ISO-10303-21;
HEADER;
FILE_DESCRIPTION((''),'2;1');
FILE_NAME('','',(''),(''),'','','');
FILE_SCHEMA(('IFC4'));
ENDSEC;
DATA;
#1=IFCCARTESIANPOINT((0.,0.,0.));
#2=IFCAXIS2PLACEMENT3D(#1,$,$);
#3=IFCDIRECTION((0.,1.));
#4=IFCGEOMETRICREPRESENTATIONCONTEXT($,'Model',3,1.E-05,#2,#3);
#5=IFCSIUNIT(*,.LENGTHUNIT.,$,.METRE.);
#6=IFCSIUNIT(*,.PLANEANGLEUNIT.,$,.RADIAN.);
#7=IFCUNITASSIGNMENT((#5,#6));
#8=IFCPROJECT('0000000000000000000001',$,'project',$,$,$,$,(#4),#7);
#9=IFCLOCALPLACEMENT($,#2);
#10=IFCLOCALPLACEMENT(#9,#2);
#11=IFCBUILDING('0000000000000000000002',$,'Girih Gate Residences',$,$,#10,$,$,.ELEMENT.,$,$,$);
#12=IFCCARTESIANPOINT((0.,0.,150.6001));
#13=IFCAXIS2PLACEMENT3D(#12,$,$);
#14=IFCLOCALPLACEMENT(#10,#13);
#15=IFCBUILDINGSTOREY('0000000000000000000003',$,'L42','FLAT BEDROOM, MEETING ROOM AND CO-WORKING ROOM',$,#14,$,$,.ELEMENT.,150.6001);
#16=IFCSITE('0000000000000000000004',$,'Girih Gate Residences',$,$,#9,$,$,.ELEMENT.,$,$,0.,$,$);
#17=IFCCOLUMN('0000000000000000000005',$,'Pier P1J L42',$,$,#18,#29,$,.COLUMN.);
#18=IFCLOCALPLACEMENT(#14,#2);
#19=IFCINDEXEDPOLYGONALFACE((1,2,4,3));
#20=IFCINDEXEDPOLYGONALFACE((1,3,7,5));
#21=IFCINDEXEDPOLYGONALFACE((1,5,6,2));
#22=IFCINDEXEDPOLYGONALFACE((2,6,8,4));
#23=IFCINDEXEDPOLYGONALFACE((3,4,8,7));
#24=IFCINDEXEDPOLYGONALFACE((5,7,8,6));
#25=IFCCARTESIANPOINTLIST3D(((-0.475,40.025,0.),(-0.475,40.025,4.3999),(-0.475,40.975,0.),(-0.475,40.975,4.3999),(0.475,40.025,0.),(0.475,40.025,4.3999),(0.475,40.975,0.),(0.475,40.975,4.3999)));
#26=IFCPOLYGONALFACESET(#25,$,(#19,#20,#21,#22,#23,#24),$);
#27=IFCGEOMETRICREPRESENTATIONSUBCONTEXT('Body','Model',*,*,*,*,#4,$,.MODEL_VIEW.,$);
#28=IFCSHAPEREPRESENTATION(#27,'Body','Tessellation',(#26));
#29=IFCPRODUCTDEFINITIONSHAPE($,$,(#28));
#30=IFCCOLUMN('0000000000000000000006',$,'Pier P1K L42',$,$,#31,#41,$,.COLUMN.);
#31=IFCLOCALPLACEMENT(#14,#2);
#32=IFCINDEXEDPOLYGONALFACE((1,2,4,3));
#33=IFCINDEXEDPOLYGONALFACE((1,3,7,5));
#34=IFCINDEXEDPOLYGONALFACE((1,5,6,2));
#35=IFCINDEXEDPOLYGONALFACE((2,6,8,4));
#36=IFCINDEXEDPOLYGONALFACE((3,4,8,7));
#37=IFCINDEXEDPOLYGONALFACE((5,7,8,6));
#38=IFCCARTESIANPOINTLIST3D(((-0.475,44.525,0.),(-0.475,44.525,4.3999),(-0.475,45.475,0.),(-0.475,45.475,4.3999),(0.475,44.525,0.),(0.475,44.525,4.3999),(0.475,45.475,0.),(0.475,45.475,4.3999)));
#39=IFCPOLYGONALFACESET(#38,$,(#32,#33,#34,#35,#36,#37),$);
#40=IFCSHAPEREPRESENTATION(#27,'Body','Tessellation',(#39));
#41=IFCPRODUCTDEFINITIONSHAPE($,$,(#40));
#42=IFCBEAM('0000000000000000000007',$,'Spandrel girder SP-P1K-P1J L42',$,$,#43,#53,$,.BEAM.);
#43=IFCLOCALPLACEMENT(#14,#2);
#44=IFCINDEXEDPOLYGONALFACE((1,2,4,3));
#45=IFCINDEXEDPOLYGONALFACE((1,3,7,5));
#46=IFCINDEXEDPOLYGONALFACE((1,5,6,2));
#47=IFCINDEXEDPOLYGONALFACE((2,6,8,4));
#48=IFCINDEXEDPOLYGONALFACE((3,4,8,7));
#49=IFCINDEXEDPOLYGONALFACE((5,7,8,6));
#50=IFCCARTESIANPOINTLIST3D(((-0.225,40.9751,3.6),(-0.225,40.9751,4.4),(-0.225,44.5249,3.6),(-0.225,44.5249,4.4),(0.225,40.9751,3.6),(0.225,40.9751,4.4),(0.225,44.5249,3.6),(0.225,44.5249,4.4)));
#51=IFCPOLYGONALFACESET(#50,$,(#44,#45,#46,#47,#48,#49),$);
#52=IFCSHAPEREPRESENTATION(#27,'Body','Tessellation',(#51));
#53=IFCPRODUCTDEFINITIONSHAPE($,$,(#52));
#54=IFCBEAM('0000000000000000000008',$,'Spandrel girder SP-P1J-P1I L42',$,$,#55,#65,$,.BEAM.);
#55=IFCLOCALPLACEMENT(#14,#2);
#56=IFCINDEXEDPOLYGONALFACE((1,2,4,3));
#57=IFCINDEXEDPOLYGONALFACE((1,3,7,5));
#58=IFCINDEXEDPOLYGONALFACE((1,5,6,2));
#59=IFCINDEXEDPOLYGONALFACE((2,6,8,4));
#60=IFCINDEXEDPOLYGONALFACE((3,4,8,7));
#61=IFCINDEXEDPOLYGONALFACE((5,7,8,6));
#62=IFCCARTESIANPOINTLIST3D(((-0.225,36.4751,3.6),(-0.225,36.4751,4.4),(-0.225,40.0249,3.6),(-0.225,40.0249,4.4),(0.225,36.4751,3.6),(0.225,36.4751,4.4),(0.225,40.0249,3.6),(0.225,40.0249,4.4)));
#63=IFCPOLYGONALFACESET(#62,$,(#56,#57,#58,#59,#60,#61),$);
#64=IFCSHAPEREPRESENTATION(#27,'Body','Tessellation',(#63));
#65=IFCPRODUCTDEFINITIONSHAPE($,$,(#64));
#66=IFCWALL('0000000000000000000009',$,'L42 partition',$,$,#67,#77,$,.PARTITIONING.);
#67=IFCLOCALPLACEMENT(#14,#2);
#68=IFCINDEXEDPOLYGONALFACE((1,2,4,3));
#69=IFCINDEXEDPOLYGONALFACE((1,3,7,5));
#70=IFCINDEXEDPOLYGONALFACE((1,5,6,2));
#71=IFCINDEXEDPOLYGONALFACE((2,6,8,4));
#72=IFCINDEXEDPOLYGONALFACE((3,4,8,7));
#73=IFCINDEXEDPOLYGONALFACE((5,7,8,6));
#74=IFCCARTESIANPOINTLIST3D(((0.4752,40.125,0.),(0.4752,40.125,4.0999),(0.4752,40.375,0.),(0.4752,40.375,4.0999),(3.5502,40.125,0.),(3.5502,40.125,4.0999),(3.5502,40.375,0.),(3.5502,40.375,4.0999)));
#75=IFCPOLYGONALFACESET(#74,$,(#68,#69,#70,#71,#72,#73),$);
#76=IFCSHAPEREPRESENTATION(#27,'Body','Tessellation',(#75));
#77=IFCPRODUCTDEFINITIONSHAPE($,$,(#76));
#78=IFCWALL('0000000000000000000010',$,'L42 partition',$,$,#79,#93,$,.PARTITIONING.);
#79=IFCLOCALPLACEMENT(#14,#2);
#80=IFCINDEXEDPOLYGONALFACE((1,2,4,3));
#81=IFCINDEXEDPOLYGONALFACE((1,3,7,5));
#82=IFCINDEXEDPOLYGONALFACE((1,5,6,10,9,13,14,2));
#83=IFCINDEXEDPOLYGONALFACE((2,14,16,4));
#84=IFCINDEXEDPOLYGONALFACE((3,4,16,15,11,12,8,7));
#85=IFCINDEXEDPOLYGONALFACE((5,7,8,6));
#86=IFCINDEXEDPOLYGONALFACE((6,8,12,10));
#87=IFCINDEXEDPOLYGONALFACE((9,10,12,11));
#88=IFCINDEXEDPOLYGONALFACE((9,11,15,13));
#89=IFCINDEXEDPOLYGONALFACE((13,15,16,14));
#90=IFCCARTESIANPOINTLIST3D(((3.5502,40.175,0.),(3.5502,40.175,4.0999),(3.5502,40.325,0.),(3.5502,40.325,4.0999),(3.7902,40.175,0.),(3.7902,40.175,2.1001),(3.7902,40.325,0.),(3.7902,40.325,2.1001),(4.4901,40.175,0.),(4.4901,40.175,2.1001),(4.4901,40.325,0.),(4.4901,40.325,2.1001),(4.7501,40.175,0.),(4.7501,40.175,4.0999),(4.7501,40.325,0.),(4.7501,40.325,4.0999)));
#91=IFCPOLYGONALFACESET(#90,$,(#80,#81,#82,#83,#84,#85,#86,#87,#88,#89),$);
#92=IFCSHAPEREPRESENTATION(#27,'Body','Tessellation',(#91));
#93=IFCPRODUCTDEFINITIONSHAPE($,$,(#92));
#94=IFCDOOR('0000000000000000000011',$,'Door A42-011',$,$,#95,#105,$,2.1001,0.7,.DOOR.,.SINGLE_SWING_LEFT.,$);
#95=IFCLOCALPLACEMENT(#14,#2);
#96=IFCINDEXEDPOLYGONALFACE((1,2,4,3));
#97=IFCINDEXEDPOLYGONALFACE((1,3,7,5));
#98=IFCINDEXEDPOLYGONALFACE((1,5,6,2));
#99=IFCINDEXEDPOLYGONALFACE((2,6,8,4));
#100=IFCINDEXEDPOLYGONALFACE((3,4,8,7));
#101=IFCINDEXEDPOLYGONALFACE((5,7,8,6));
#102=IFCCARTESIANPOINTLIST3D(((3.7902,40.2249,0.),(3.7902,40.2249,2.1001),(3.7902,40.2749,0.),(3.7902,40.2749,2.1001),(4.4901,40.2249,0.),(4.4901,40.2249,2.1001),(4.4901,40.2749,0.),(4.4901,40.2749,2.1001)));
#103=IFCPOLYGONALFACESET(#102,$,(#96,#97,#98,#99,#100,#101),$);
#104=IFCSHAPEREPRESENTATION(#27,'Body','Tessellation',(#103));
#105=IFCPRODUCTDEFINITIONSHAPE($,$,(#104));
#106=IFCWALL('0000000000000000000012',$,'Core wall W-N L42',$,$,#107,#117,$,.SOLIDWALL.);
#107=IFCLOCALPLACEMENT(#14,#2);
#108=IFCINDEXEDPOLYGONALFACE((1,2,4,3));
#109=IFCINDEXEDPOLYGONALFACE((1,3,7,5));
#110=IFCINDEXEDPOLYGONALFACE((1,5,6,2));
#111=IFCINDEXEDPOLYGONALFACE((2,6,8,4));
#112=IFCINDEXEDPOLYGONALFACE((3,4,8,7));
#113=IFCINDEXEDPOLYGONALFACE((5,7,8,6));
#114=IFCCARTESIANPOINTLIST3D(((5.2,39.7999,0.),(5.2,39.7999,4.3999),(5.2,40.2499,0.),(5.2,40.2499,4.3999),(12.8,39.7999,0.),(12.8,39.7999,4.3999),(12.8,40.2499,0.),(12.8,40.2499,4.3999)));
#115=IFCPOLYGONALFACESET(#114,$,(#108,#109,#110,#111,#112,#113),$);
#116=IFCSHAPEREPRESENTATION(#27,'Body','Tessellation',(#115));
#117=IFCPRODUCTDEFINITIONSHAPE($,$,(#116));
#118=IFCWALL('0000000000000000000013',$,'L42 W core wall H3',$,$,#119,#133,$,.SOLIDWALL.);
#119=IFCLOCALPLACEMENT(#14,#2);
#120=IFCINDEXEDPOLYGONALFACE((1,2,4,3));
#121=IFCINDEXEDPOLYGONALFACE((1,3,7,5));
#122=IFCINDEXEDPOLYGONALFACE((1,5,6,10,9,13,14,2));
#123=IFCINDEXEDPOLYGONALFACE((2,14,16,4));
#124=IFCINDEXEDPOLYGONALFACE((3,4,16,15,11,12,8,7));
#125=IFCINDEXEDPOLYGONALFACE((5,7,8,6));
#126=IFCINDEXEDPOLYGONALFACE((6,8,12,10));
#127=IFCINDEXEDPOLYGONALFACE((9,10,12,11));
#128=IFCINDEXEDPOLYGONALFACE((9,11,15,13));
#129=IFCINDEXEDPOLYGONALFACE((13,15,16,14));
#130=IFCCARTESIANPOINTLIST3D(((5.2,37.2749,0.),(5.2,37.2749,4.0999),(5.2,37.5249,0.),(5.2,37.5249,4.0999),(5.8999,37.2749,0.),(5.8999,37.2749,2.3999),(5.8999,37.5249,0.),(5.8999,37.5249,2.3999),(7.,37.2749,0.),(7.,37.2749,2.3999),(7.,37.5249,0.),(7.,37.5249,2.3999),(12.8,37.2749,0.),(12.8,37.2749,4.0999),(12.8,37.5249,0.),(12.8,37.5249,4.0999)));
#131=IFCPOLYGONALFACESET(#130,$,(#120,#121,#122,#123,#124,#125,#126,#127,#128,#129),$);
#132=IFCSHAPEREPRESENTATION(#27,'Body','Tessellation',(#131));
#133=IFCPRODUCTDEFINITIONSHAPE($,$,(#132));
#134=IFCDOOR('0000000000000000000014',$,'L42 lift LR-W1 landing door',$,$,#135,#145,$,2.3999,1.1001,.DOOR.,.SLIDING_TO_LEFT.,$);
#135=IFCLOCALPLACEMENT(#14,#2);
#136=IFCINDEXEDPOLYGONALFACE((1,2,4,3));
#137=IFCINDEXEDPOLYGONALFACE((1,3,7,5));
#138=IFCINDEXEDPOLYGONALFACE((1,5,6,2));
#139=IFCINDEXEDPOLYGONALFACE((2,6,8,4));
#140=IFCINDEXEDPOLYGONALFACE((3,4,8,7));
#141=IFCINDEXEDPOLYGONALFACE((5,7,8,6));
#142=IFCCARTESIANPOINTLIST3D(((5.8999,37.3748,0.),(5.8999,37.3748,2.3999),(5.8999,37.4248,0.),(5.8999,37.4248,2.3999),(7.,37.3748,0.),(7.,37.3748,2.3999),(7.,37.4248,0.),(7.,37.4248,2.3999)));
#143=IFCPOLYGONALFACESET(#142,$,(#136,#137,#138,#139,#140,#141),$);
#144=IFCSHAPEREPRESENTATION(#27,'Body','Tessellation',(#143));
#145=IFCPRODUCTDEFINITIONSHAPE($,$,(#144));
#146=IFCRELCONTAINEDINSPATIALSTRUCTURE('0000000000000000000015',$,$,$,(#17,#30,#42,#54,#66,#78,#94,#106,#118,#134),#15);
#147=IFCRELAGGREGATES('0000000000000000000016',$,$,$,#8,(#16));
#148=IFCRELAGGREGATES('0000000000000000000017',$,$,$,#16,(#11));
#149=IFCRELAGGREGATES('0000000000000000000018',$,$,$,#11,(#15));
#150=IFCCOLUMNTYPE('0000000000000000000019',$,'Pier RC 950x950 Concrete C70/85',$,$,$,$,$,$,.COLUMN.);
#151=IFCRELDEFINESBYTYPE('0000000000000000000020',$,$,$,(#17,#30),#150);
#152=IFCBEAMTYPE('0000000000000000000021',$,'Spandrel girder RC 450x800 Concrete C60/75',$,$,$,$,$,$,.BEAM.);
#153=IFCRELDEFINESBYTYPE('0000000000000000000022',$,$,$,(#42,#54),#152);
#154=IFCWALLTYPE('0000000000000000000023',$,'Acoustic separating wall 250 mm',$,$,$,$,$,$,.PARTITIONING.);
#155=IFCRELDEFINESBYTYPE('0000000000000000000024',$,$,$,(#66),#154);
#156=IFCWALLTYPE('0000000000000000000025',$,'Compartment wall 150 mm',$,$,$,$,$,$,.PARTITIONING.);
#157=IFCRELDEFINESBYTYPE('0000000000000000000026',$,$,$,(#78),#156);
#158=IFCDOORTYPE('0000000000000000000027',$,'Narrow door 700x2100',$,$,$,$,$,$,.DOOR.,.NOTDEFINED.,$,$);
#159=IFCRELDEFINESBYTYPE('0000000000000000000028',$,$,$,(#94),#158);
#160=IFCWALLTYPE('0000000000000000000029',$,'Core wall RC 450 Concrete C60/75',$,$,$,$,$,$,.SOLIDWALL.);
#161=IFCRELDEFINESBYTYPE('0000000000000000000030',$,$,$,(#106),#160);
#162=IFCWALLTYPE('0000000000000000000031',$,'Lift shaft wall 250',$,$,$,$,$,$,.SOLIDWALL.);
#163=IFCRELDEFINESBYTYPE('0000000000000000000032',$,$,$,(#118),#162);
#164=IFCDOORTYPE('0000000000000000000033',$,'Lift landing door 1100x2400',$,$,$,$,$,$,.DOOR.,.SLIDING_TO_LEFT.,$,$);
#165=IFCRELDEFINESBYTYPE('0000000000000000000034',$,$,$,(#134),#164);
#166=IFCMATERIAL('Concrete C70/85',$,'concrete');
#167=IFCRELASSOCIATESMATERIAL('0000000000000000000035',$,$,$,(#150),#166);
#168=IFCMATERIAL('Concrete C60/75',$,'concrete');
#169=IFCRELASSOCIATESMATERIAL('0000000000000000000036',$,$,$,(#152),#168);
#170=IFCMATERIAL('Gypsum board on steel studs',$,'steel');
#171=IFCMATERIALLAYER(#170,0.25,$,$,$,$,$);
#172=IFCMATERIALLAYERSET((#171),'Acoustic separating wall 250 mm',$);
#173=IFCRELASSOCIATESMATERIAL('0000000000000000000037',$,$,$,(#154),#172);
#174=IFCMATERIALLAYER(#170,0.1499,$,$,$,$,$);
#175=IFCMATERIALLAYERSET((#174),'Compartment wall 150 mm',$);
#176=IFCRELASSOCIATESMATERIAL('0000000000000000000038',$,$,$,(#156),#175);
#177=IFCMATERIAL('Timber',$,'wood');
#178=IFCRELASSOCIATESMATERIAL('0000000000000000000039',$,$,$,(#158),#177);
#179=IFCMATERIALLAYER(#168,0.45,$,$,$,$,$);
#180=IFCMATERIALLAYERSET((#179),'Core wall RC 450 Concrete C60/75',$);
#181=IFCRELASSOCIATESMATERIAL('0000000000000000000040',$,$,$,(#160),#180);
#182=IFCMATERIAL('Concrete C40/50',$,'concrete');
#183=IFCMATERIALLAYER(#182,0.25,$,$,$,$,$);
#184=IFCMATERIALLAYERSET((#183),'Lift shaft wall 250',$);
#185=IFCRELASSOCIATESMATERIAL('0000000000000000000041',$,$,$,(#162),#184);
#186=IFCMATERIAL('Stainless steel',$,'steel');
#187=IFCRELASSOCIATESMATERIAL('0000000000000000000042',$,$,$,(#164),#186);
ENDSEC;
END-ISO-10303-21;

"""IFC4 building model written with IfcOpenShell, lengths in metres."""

from ifc_helpers import new_model, si_unit, direction, frame, frame_2d, origin, origin_2d, place, context, subcontext, project, spatial, rectangle, extrude, material, layer, layer_set, material_profile, profile_set, type_object, element, fill, save


model = new_model("IFC4")

# Units and contexts
model_context = context("Model", 3, precision=1e-05, world=origin(), true_north=direction((0.0, 1.0)))
body_context = subcontext(model_context, "Body", "Model", "MODEL_VIEW")
ifc_project = project(units=[si_unit("LENGTHUNIT", "METRE"), si_unit("PLANEANGLEUNIT", "RADIAN")], contexts=[model_context])

# Site, building, storey
site_placement = place(None, origin())
site = spatial("IfcSite", under=ifc_project, at=site_placement, Name="Girih Gate Residences", CompositionType="ELEMENT", RefElevation=0.0)
building_placement = place(site_placement, origin())
building = spatial("IfcBuilding", under=site, at=building_placement, Name="Girih Gate Residences", CompositionType="ELEMENT")
storey_placement = place(building_placement, frame((0.0, 0.0, 150.6001)))
storey = spatial("IfcBuildingStorey", under=building, at=storey_placement, Name="L42", Description="FLAT BEDROOM, MEETING ROOM AND CO-WORKING ROOM", CompositionType="ELEMENT", Elevation=150.6001)

# Columns
ifc_material_1 = material(Name="Concrete C70/85", Category="concrete")
ifc_material_profile_1 = material_profile(ifc_material_1, rectangle(XDim=0.95, YDim=0.95, at=origin_2d()))
ifc_profile_set_1 = profile_set([ifc_material_profile_1], Name="Concrete C70/85")
column_type = type_object("IfcColumnType", Name="Pier RC 950x950 Concrete C70/85", PredefinedType="COLUMN", material=ifc_profile_set_1)
for number, where, z_axis, x_axis, name in (
    (1, (0.0, 40.5, 0.0), (0.0, 0.0, 1.0), (1.0, 0.0, 0.0), "Pier P1J L42"),
    (2, (0.0, 45.0, 0.0), (0.0, 0.0, 1.0), (1.0, 0.0, 0.0), "Pier P1K L42"),
):
    element("IfcColumn", number, at=place(storey_placement, frame(where, z_axis=z_axis, x_axis=x_axis)), inside=storey, type_object=column_type, Name=name, PredefinedType="COLUMN", context=body_context, shape_type="SweptSolid", body=[
        extrude(rectangle(XDim=0.95, YDim=0.95, at=origin_2d()), origin(), (0.0, 0.0, 1.0), 4.3999),
    ])

# Beams
ifc_material_2 = material(Name="Concrete C60/75", Category="concrete")
ifc_material_profile_2 = material_profile(ifc_material_2, rectangle(XDim=0.45, YDim=0.8, at=origin_2d()))
ifc_profile_set_2 = profile_set([ifc_material_profile_2], Name="Concrete C60/75")
beam_type = type_object("IfcBeamType", Name="Spandrel girder RC 450x800 Concrete C60/75", PredefinedType="BEAM", material=ifc_profile_set_2)
for number, where, z_axis, x_axis, name in (
    (3, (0.0, 44.5249, 4.0), (0.0, -1.0, 0.0), (1.0, 0.0, 0.0), "Spandrel girder SP-P1K-P1J L42"),
    (4, (0.0, 40.0249, 4.0), (0.0, -1.0, 0.0), (1.0, 0.0, 0.0), "Spandrel girder SP-P1J-P1I L42"),
):
    element("IfcBeam", number, at=place(storey_placement, frame(where, z_axis=z_axis, x_axis=x_axis)), inside=storey, type_object=beam_type, Name=name, PredefinedType="BEAM", context=body_context, shape_type="SweptSolid", body=[
        extrude(rectangle(XDim=0.45, YDim=0.8, at=origin_2d()), origin(), (0.0, 0.0, 1.0), 3.5498),
    ])

# Wall
ifc_material_3 = material(Name="Gypsum board on steel studs", Category="steel")
ifc_layer_1 = layer(ifc_material_3, 0.25)
ifc_layer_set_1 = layer_set([ifc_layer_1], Name="Acoustic separating wall 250 mm")
wall_type_1 = type_object("IfcWallType", Name="Acoustic separating wall 250 mm", PredefinedType="PARTITIONING", material=ifc_layer_set_1)
wall_1_placement = place(storey_placement, frame((0.4751, 40.25, 0.0), z_axis=(0.0, 0.0, 1.0), x_axis=(1.0, 0.0, 0.0)))
element("IfcWall", 5, at=wall_1_placement, inside=storey, type_object=wall_type_1, Name="L42 partition", PredefinedType="PARTITIONING", context=body_context, shape_type="SweptSolid", body=[
    extrude(rectangle(XDim=3.075, YDim=0.25, at=frame_2d((1.5376, 0.0))), origin(), (0.0, 0.0, 1.0), 4.0999),
])

# Wall, opening, door
ifc_layer_2 = layer(ifc_material_3, 0.1499)
ifc_layer_set_2 = layer_set([ifc_layer_2], Name="Compartment wall 150 mm")
wall_type_2 = type_object("IfcWallType", Name="Compartment wall 150 mm", PredefinedType="PARTITIONING", material=ifc_layer_set_2)
wall_2_placement = place(storey_placement, frame((3.55, 40.25, 0.0), z_axis=(0.0, 0.0, 1.0), x_axis=(1.0, 0.0, 0.0)))
wall_2 = element("IfcWall", 6, at=wall_2_placement, inside=storey, type_object=wall_type_2, Name="L42 partition", PredefinedType="PARTITIONING", context=body_context, shape_type="SweptSolid", body=[
    extrude(rectangle(XDim=1.2, YDim=0.1499, at=frame_2d((0.6001, 0.0))), origin(), (0.0, 0.0, 1.0), 4.0999),
])
opening_1_placement = place(wall_2_placement, frame((0.24, 0.0, 0.0)))
opening_1 = element("IfcOpeningElement", 7, at=opening_1_placement, cuts=wall_2, PredefinedType="OPENING", context=body_context, shape_type="SweptSolid", body=[
    extrude(rectangle(XDim=0.7, YDim=2.1001, at=frame_2d((0.3501, 1.05))), frame((0.0, 0.085, 0.0), z_axis=(0.0, -1.0, 0.0), x_axis=(1.0, 0.0, 0.0)), (0.0, 0.0, 1.0), 0.1699),
])
ifc_material_4 = material(Name="Timber", Category="wood")
door_type_1 = type_object("IfcDoorType", Name="Narrow door 700x2100", OperationType="NOTDEFINED", PredefinedType="DOOR", material=ifc_material_4)
door_1_placement = place(opening_1_placement, origin())
door_1 = element("IfcDoor", 8, at=door_1_placement, inside=storey, type_object=door_type_1, Name="Door A42-011", OperationType="SINGLE_SWING_LEFT", OverallHeight=2.1001, OverallWidth=0.7, PredefinedType="DOOR", context=body_context, shape_type="SweptSolid", body=[
    extrude(rectangle(XDim=0.7, YDim=2.1001, at=frame_2d((0.3501, 1.05))), frame((0.0, 0.0249, 0.0), z_axis=(0.0, -1.0, 0.0), x_axis=(1.0, 0.0, 0.0)), (0.0, 0.0, 1.0), 0.05),
])
fill(opening_1, door_1)

# Wall
ifc_layer_3 = layer(ifc_material_2, 0.45)
ifc_layer_set_3 = layer_set([ifc_layer_3], Name="Core wall RC 450 Concrete C60/75")
wall_type_3 = type_object("IfcWallType", Name="Core wall RC 450 Concrete C60/75", PredefinedType="SOLIDWALL", material=ifc_layer_set_3)
wall_3_placement = place(storey_placement, frame((5.2, 40.0249, 0.0), z_axis=(0.0, 0.0, 1.0), x_axis=(1.0, 0.0, 0.0)))
element("IfcWall", 9, at=wall_3_placement, inside=storey, type_object=wall_type_3, Name="Core wall W-N L42", PredefinedType="SOLIDWALL", context=body_context, shape_type="SweptSolid", body=[
    extrude(rectangle(XDim=7.6001, YDim=0.45, at=frame_2d((3.8, 0.0))), origin(), (0.0, 0.0, 1.0), 4.3999),
])

# Wall, opening, door
ifc_material_5 = material(Name="Concrete C40/50", Category="concrete")
ifc_layer_4 = layer(ifc_material_5, 0.25)
ifc_layer_set_4 = layer_set([ifc_layer_4], Name="Lift shaft wall 250")
wall_type_4 = type_object("IfcWallType", Name="Lift shaft wall 250", PredefinedType="SOLIDWALL", material=ifc_layer_set_4)
wall_4_placement = place(storey_placement, frame((5.2, 37.3999, 0.0), z_axis=(0.0, 0.0, 1.0), x_axis=(1.0, 0.0, 0.0)))
wall_4 = element("IfcWall", 10, at=wall_4_placement, inside=storey, type_object=wall_type_4, Name="L42 W core wall H3", PredefinedType="SOLIDWALL", context=body_context, shape_type="SweptSolid", body=[
    extrude(rectangle(XDim=7.6001, YDim=0.25, at=frame_2d((3.8, 0.0))), origin(), (0.0, 0.0, 1.0), 4.0999),
])
opening_2_placement = place(wall_4_placement, frame((0.7, 0.0, 0.0)))
opening_2 = element("IfcOpeningElement", 11, at=opening_2_placement, cuts=wall_4, PredefinedType="OPENING", context=body_context, shape_type="SweptSolid", body=[
    extrude(rectangle(XDim=1.1001, YDim=2.3999, at=frame_2d((0.55, 1.2))), frame((0.0, 0.135, 0.0), z_axis=(0.0, -1.0, 0.0), x_axis=(1.0, 0.0, 0.0)), (0.0, 0.0, 1.0), 0.27),
])
ifc_material_6 = material(Name="Stainless steel", Category="steel")
door_type_2 = type_object("IfcDoorType", Name="Lift landing door 1100x2400", OperationType="SLIDING_TO_LEFT", PredefinedType="DOOR", material=ifc_material_6)
door_2_placement = place(opening_2_placement, origin())
door_2 = element("IfcDoor", 12, at=door_2_placement, inside=storey, type_object=door_type_2, Name="L42 lift LR-W1 landing door", OperationType="SLIDING_TO_LEFT", OverallHeight=2.3999, OverallWidth=1.1001, PredefinedType="DOOR", context=body_context, shape_type="SweptSolid", body=[
    extrude(rectangle(XDim=1.1001, YDim=2.3999, at=frame_2d((0.55, 1.2))), frame((0.0, 0.0249, 0.0), z_axis=(0.0, -1.0, 0.0), x_axis=(1.0, 0.0, 0.0)), (0.0, 0.0, 1.0), 0.05),
])
fill(opening_2, door_2)

save(model, "model.ifc")
